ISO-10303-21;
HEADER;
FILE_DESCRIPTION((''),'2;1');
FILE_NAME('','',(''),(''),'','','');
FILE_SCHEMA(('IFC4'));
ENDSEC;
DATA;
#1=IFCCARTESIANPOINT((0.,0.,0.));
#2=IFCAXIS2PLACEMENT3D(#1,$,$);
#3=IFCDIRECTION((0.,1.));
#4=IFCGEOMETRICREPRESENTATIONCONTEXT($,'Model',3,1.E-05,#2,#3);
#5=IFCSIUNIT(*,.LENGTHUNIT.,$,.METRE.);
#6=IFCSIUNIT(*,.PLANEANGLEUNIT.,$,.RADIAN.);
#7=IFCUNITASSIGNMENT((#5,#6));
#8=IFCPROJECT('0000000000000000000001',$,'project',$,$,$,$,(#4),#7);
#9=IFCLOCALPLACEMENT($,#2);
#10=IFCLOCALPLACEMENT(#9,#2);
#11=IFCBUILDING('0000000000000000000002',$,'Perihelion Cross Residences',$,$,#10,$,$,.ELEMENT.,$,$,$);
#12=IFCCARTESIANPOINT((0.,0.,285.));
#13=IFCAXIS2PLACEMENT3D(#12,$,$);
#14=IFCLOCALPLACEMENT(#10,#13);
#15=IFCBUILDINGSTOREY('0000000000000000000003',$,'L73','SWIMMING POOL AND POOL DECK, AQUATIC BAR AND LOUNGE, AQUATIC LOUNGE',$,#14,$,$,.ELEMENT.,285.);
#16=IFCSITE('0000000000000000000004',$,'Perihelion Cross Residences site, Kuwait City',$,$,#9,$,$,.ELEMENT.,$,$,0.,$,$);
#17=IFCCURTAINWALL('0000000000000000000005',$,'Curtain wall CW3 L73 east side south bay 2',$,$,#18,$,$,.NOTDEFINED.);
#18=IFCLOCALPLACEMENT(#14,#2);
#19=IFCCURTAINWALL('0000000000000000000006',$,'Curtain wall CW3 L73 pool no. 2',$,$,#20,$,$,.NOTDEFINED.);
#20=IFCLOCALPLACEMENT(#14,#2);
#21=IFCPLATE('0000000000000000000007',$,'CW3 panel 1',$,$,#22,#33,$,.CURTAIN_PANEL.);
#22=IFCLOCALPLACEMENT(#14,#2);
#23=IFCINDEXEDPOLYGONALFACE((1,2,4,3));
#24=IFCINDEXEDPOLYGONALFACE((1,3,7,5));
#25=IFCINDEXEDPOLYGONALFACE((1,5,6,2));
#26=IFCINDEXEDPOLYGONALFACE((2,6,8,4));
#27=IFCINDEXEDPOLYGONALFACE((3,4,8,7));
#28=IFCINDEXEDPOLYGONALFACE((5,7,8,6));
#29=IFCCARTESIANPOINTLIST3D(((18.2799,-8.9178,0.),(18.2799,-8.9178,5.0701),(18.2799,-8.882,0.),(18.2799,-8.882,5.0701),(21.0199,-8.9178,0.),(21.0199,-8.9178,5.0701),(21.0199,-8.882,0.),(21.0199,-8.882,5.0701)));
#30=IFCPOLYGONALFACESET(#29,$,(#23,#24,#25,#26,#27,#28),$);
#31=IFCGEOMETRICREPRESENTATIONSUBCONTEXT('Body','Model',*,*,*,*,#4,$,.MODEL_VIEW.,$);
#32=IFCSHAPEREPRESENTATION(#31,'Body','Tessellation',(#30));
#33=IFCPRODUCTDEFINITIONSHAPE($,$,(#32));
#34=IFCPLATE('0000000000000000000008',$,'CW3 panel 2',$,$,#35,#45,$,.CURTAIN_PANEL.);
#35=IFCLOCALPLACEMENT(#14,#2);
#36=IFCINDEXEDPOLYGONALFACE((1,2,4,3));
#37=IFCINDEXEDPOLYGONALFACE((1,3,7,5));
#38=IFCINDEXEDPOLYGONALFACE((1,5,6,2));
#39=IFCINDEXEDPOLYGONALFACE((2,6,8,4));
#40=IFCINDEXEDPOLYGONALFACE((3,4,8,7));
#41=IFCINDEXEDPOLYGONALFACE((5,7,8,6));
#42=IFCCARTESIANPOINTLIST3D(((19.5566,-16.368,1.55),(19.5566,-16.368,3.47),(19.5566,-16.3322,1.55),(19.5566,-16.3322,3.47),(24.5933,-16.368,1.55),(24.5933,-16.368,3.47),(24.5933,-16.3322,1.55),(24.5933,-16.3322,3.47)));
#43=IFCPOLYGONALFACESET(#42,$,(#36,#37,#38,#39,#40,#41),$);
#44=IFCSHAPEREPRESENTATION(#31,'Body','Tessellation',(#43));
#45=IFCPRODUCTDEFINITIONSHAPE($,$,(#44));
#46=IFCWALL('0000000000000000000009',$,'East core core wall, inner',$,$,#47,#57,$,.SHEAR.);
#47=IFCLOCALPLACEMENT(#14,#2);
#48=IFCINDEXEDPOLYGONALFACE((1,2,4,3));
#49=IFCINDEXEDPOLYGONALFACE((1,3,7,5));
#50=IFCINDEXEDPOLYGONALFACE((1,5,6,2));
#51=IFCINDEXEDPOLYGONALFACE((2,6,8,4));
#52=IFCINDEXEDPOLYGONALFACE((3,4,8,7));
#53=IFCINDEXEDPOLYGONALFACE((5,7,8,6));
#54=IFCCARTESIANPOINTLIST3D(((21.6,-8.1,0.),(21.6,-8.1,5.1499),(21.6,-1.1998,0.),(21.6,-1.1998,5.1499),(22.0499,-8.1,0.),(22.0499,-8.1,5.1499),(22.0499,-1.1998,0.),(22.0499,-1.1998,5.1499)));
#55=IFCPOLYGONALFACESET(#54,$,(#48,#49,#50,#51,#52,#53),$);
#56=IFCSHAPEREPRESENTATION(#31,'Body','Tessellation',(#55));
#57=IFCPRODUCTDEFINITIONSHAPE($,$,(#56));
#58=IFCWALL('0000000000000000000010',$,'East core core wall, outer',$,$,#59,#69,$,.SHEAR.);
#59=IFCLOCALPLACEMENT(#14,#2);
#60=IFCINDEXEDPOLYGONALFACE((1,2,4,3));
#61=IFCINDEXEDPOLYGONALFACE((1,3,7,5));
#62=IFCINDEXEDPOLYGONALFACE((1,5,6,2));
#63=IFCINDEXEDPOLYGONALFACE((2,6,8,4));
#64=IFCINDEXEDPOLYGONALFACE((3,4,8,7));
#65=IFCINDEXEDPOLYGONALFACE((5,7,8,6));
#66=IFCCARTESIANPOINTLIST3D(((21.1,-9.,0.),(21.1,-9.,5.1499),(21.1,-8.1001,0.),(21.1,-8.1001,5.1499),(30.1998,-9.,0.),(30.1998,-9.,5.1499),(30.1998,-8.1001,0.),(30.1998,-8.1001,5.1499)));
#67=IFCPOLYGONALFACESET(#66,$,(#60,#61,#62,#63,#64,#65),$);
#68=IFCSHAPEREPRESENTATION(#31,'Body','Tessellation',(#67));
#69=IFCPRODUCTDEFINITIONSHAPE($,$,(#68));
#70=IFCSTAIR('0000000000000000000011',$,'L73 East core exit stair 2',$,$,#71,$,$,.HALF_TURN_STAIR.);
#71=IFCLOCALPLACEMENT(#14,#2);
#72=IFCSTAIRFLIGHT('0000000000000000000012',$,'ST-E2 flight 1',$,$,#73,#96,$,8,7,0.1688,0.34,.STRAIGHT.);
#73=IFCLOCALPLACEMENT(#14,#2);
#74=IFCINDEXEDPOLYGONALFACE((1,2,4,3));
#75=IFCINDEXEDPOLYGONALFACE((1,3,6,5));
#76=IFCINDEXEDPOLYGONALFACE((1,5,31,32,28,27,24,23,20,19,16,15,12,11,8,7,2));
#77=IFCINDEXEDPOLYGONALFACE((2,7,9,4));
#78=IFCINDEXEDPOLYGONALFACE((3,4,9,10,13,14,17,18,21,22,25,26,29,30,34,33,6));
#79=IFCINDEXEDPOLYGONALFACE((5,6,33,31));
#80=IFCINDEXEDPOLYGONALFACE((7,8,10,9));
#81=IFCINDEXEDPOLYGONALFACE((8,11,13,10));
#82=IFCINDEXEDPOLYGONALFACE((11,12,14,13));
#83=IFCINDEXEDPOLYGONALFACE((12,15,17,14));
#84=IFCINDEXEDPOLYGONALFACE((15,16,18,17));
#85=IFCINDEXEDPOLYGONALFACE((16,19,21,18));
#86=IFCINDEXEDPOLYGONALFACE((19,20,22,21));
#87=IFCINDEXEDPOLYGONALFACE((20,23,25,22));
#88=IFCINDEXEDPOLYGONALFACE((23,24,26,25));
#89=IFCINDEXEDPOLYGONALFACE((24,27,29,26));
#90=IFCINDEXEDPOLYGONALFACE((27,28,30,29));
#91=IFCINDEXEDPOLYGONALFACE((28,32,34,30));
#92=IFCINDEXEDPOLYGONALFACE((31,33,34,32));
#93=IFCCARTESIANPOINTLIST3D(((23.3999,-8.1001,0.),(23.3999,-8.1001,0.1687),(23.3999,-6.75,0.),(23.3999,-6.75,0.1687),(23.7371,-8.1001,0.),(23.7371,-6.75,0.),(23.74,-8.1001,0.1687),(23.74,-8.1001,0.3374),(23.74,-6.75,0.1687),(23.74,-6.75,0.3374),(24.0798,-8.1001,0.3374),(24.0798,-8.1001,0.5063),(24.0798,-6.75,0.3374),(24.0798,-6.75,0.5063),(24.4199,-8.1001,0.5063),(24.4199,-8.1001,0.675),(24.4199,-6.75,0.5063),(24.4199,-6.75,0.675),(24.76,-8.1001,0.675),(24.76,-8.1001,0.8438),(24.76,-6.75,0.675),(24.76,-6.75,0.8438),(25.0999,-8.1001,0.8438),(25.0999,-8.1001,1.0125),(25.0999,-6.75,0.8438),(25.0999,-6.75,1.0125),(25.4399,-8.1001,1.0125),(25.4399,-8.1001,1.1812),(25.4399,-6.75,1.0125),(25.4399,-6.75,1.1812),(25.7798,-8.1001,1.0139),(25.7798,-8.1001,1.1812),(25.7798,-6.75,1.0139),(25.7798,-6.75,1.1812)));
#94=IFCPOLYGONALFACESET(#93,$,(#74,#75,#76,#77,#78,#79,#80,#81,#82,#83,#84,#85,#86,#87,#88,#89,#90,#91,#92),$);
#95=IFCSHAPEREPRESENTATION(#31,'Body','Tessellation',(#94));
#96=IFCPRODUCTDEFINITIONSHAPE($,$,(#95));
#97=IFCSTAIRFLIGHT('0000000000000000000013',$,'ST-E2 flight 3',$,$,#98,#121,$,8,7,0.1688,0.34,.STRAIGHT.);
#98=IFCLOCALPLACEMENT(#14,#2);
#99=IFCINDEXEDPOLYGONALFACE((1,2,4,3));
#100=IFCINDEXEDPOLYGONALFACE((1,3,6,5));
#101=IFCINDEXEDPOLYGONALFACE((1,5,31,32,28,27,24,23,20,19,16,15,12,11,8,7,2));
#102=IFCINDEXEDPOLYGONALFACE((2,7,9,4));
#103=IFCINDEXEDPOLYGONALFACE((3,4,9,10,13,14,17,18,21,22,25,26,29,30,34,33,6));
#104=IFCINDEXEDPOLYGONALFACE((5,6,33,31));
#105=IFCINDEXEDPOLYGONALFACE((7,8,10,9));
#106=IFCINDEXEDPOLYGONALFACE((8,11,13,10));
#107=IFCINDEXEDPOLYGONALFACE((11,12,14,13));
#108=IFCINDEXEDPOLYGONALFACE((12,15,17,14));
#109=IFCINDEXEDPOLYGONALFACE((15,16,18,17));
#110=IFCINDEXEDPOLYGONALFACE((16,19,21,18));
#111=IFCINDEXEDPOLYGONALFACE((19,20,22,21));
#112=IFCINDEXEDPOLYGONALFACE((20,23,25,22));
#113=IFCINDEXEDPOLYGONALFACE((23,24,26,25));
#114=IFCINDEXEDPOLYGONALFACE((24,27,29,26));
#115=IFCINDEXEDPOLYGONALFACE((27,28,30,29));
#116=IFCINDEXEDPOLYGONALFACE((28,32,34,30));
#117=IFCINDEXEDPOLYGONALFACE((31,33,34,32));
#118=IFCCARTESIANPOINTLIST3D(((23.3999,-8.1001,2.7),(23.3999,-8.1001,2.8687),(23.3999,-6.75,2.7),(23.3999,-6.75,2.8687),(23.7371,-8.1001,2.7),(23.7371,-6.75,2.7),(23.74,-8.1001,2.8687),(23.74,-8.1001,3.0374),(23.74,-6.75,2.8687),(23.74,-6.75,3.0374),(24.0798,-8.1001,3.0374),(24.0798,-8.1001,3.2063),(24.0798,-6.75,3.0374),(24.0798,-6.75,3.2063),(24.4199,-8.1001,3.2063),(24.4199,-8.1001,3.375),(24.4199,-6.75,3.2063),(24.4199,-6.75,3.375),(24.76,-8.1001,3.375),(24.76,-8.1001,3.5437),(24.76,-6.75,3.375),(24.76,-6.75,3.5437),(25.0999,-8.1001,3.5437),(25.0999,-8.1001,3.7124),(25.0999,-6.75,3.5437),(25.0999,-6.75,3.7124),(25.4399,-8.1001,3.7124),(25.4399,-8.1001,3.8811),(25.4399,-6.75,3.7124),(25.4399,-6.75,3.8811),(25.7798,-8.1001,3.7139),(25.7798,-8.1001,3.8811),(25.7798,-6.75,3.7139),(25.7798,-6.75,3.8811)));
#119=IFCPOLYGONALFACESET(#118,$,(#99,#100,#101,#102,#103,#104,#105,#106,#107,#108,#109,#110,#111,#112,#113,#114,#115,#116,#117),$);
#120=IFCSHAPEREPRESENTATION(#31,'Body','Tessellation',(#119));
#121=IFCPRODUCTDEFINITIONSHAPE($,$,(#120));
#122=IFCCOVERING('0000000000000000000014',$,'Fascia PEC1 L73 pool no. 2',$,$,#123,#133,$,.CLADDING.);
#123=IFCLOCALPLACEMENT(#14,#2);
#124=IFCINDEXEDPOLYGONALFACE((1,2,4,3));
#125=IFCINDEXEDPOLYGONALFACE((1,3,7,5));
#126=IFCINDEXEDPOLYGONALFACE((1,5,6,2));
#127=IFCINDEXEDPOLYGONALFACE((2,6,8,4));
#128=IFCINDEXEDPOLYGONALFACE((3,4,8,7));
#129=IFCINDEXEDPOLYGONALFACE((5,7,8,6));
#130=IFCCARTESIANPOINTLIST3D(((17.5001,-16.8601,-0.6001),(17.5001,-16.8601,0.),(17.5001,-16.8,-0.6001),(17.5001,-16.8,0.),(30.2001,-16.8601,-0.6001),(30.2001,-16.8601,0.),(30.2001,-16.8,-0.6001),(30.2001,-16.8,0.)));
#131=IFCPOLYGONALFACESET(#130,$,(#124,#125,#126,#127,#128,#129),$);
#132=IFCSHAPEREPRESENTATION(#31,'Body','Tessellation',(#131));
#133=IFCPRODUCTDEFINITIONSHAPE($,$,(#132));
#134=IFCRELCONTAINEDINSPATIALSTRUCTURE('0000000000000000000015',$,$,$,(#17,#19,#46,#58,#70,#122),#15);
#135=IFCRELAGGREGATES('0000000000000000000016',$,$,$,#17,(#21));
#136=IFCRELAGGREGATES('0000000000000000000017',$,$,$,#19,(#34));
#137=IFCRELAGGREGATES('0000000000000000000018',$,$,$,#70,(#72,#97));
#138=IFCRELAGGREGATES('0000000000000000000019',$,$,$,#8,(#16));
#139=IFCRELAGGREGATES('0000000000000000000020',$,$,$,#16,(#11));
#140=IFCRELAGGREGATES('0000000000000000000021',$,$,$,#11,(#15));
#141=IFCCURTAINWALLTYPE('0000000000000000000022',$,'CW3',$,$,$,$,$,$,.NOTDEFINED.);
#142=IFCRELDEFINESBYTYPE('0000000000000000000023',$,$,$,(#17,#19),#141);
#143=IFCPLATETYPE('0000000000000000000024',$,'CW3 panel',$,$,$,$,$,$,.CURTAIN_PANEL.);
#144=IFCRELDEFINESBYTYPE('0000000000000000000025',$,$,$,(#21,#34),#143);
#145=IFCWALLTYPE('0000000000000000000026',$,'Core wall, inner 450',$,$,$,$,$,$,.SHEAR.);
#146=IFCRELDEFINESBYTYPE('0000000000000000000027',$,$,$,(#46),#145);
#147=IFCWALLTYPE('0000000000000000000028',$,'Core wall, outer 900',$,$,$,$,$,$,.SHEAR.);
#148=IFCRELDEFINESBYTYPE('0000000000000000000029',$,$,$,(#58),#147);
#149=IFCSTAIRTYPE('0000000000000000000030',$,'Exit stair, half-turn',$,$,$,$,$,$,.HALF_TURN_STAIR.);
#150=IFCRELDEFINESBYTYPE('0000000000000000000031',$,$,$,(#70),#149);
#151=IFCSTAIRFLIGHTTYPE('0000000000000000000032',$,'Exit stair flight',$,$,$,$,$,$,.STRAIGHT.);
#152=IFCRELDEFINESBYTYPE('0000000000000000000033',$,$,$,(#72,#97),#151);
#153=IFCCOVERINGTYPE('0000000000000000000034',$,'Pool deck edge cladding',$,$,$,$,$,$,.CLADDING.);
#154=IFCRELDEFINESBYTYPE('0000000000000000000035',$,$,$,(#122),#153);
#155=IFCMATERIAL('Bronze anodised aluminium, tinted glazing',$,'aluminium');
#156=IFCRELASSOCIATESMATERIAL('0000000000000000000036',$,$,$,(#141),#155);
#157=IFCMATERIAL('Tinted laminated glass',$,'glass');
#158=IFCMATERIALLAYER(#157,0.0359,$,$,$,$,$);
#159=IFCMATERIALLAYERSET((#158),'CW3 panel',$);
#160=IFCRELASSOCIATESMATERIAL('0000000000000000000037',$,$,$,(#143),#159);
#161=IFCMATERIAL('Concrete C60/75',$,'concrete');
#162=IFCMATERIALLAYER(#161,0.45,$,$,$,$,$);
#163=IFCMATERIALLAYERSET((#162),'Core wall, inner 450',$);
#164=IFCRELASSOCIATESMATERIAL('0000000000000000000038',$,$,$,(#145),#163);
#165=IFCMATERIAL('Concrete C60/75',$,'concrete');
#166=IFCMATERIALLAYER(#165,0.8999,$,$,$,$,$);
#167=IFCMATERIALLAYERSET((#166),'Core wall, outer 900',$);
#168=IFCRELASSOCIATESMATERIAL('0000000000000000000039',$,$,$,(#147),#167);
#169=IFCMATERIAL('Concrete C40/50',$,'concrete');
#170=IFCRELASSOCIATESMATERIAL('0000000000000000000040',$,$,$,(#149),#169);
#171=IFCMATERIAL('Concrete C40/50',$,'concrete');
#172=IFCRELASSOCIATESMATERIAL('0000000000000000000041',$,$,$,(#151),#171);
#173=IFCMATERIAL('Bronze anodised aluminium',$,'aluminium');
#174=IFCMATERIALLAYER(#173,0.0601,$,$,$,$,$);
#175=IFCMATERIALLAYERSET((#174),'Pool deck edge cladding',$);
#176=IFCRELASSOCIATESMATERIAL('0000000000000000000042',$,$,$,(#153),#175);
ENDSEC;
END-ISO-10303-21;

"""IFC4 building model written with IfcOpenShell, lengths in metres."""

from ifc_helpers import new_model, si_unit, direction, frame, frame_2d, origin, origin_2d, place, context, subcontext, project, spatial, polyline, rectangle, outline, extrude, material, layer, layer_set, type_object, element, aggregate, save


model = new_model("IFC4")

# Units and contexts
model_context = context("Model", 3, precision=1e-05, world=origin(), true_north=direction((0.0, 1.0)))
body_context = subcontext(model_context, "Body", "Model", "MODEL_VIEW")
ifc_project = project(units=[si_unit("LENGTHUNIT", "METRE"), si_unit("PLANEANGLEUNIT", "RADIAN")], contexts=[model_context])

# Site, building, storey
site_placement = place(None, origin())
site = spatial("IfcSite", under=ifc_project, at=site_placement, Name="Perihelion Cross Residences site, Kuwait City", CompositionType="ELEMENT", RefElevation=0.0)
building_placement = place(site_placement, origin())
building = spatial("IfcBuilding", under=site, at=building_placement, Name="Perihelion Cross Residences", CompositionType="ELEMENT")
storey_placement = place(building_placement, frame((0.0, 0.0, 285.0)))
storey = spatial("IfcBuildingStorey", under=building, at=storey_placement, Name="L73", Description="SWIMMING POOL AND POOL DECK, AQUATIC BAR AND LOUNGE, AQUATIC LOUNGE", CompositionType="ELEMENT", Elevation=285.0)

# Curtain walls
ifc_material_1 = material(Name="Bronze anodised aluminium, tinted glazing", Category="aluminium")
curtain_wall_type = type_object("IfcCurtainWallType", Name="CW3", PredefinedType="NOTDEFINED", material=ifc_material_1)
curtain_wall_1_placement = place(storey_placement, origin())
curtain_wall_1 = element("IfcCurtainWall", 1, at=curtain_wall_1_placement, inside=storey, type_object=curtain_wall_type, Name="Curtain wall CW3 L73 east side south bay 2", PredefinedType="NOTDEFINED")
curtain_wall_2_placement = place(storey_placement, origin())
curtain_wall_2 = element("IfcCurtainWall", 2, at=curtain_wall_2_placement, inside=storey, type_object=curtain_wall_type, Name="Curtain wall CW3 L73 pool no. 2", PredefinedType="NOTDEFINED")

# Plates
ifc_material_2 = material(Name="Tinted laminated glass", Category="glass")
ifc_layer_1 = layer(ifc_material_2, 0.0359)
ifc_layer_set_1 = layer_set([ifc_layer_1], Name="CW3 panel")
plate_type = type_object("IfcPlateType", Name="CW3 panel", PredefinedType="CURTAIN_PANEL", material=ifc_layer_set_1)
plate_1_placement = place(storey_placement, frame((19.6499, -8.8999, 0.0), z_axis=(0.0, 0.0, 1.0), x_axis=(1.0, 0.0, 0.0)))
plate_1 = element("IfcPlate", 3, at=plate_1_placement, type_object=plate_type, Name="CW3 panel 1", PredefinedType="CURTAIN_PANEL", context=body_context, shape_type="SweptSolid", body=[
    extrude(rectangle(XDim=2.74, YDim=0.0359, at=origin_2d()), origin(), (0.0, 0.0, 1.0), 5.0701),
])
aggregate(curtain_wall_1, [plate_1])
plate_2_placement = place(storey_placement, frame((22.075, -16.3501, 1.55), z_axis=(0.0, 0.0, 1.0), x_axis=(1.0, 0.0, 0.0)))
plate_2 = element("IfcPlate", 4, at=plate_2_placement, type_object=plate_type, Name="CW3 panel 2", PredefinedType="CURTAIN_PANEL", context=body_context, shape_type="SweptSolid", body=[
    extrude(rectangle(XDim=5.0366, YDim=0.0359, at=origin_2d()), origin(), (0.0, 0.0, 1.0), 1.9199),
])
aggregate(curtain_wall_2, [plate_2])

# Walls
ifc_material_3 = material(Name="Concrete C60/75", Category="concrete")
ifc_layer_2 = layer(ifc_material_3, 0.45)
ifc_layer_set_2 = layer_set([ifc_layer_2], Name="Core wall, inner 450")
wall_type_1 = type_object("IfcWallType", Name="Core wall, inner 450", PredefinedType="SHEAR", material=ifc_layer_set_2)
wall_1_placement = place(storey_placement, frame((21.825, -8.1001, 0.0), z_axis=(0.0, 0.0, 1.0), x_axis=(0.0, 1.0, 0.0)))
element("IfcWall", 5, at=wall_1_placement, inside=storey, type_object=wall_type_1, Name="East core core wall, inner", PredefinedType="SHEAR", context=body_context, shape_type="SweptSolid", body=[
    extrude(rectangle(XDim=6.9001, YDim=0.45, at=frame_2d((3.4502, 0.0))), origin(), (0.0, 0.0, 1.0), 5.1499),
])
ifc_material_4 = material(Name="Concrete C60/75", Category="concrete")
ifc_layer_3 = layer(ifc_material_4, 0.8999)
ifc_layer_set_3 = layer_set([ifc_layer_3], Name="Core wall, outer 900")
wall_type_2 = type_object("IfcWallType", Name="Core wall, outer 900", PredefinedType="SHEAR", material=ifc_layer_set_3)
wall_2_placement = place(storey_placement, frame((21.1001, -8.55, 0.0), z_axis=(0.0, 0.0, 1.0), x_axis=(1.0, 0.0, 0.0)))
element("IfcWall", 6, at=wall_2_placement, inside=storey, type_object=wall_type_2, Name="East core core wall, outer", PredefinedType="SHEAR", context=body_context, shape_type="SweptSolid", body=[
    extrude(rectangle(XDim=9.0999, YDim=0.8999, at=frame_2d((4.5498, 0.0))), origin(), (0.0, 0.0, 1.0), 5.1499),
])

# Stair, stair flights
ifc_material_5 = material(Name="Concrete C40/50", Category="concrete")
stair_type = type_object("IfcStairType", Name="Exit stair, half-turn", PredefinedType="HALF_TURN_STAIR", material=ifc_material_5)
stair_placement = place(storey_placement, origin())
stair = element("IfcStair", 7, at=stair_placement, inside=storey, type_object=stair_type, Name="L73 East core exit stair 2", PredefinedType="HALF_TURN_STAIR")
ifc_material_6 = material(Name="Concrete C40/50", Category="concrete")
stair_flight_type = type_object("IfcStairFlightType", Name="Exit stair flight", PredefinedType="STRAIGHT", material=ifc_material_6)
stair_flight_1_placement = place(storey_placement, frame((23.3999, -7.425, 0.0), z_axis=(0.0, 0.0, 1.0), x_axis=(1.0, 0.0, 0.0)))
stair_flight_1 = element("IfcStairFlight", 8, at=stair_flight_1_placement, type_object=stair_flight_type, Name="ST-E2 flight 1", NumberOfRisers=8, NumberOfTreads=7, PredefinedType="STRAIGHT", RiserHeight=0.1688, TreadLength=0.34, context=body_context, shape_type="SweptSolid", body=[
    extrude(outline(polyline([(0.0, 0.0), (0.0, 0.1687), (0.3401, 0.1687), (0.3401, 0.3374), (0.6799, 0.3374), (0.6799, 0.5063), (1.02, 0.5063), (1.02, 0.675), (1.3601, 0.675), (1.3601, 0.8438), (1.7, 0.8438), (1.7, 1.0125), (2.04, 1.0125), (2.04, 1.1812), (2.3799, 1.1812), (2.3799, 1.3501), (2.3799, 1.0139), (0.3372, 0.0), (0.0, 0.0)])), frame((0.0, 0.675, 0.0), z_axis=(0.0, -1.0, 0.0), x_axis=(1.0, 0.0, 0.0)), (0.0, 0.0, 1.0), 1.3501),
])
stair_flight_2_placement = place(storey_placement, frame((23.3999, -7.425, 2.7), z_axis=(0.0, 0.0, 1.0), x_axis=(1.0, 0.0, 0.0)))
stair_flight_2 = element("IfcStairFlight", 9, at=stair_flight_2_placement, type_object=stair_flight_type, Name="ST-E2 flight 3", NumberOfRisers=8, NumberOfTreads=7, PredefinedType="STRAIGHT", RiserHeight=0.1688, TreadLength=0.34, context=body_context, shape_type="SweptSolid", body=[
    extrude(outline(polyline([(0.0, 0.0), (0.0, 0.1687), (0.3401, 0.1687), (0.3401, 0.3374), (0.6799, 0.3374), (0.6799, 0.5063), (1.02, 0.5063), (1.02, 0.675), (1.3601, 0.675), (1.3601, 0.8438), (1.7, 0.8438), (1.7, 1.0125), (2.04, 1.0125), (2.04, 1.1812), (2.3799, 1.1812), (2.3799, 1.3501), (2.3799, 1.0139), (0.3372, 0.0), (0.0, 0.0)])), frame((0.0, 0.675, 0.0), z_axis=(0.0, -1.0, 0.0), x_axis=(1.0, 0.0, 0.0)), (0.0, 0.0, 1.0), 1.3501),
])
aggregate(stair, [stair_flight_1, stair_flight_2])

# Covering
ifc_material_7 = material(Name="Bronze anodised aluminium", Category="aluminium")
ifc_layer_4 = layer(ifc_material_7, 0.0601)
ifc_layer_set_4 = layer_set([ifc_layer_4], Name="Pool deck edge cladding")
covering_type = type_object("IfcCoveringType", Name="Pool deck edge cladding", PredefinedType="CLADDING", material=ifc_layer_set_4)
covering_placement = place(storey_placement, frame((23.8501, -16.8301, -0.6001), z_axis=(0.0, 0.0, 1.0), x_axis=(1.0, 0.0, 0.0)))
element("IfcCovering", 10, at=covering_placement, inside=storey, type_object=covering_type, Name="Fascia PEC1 L73 pool no. 2", PredefinedType="CLADDING", context=body_context, shape_type="SweptSolid", body=[
    extrude(rectangle(XDim=12.7, YDim=0.0601, at=origin_2d()), origin(), (0.0, 0.0, 1.0), 0.6001),
])

save(model, "model.ifc")
